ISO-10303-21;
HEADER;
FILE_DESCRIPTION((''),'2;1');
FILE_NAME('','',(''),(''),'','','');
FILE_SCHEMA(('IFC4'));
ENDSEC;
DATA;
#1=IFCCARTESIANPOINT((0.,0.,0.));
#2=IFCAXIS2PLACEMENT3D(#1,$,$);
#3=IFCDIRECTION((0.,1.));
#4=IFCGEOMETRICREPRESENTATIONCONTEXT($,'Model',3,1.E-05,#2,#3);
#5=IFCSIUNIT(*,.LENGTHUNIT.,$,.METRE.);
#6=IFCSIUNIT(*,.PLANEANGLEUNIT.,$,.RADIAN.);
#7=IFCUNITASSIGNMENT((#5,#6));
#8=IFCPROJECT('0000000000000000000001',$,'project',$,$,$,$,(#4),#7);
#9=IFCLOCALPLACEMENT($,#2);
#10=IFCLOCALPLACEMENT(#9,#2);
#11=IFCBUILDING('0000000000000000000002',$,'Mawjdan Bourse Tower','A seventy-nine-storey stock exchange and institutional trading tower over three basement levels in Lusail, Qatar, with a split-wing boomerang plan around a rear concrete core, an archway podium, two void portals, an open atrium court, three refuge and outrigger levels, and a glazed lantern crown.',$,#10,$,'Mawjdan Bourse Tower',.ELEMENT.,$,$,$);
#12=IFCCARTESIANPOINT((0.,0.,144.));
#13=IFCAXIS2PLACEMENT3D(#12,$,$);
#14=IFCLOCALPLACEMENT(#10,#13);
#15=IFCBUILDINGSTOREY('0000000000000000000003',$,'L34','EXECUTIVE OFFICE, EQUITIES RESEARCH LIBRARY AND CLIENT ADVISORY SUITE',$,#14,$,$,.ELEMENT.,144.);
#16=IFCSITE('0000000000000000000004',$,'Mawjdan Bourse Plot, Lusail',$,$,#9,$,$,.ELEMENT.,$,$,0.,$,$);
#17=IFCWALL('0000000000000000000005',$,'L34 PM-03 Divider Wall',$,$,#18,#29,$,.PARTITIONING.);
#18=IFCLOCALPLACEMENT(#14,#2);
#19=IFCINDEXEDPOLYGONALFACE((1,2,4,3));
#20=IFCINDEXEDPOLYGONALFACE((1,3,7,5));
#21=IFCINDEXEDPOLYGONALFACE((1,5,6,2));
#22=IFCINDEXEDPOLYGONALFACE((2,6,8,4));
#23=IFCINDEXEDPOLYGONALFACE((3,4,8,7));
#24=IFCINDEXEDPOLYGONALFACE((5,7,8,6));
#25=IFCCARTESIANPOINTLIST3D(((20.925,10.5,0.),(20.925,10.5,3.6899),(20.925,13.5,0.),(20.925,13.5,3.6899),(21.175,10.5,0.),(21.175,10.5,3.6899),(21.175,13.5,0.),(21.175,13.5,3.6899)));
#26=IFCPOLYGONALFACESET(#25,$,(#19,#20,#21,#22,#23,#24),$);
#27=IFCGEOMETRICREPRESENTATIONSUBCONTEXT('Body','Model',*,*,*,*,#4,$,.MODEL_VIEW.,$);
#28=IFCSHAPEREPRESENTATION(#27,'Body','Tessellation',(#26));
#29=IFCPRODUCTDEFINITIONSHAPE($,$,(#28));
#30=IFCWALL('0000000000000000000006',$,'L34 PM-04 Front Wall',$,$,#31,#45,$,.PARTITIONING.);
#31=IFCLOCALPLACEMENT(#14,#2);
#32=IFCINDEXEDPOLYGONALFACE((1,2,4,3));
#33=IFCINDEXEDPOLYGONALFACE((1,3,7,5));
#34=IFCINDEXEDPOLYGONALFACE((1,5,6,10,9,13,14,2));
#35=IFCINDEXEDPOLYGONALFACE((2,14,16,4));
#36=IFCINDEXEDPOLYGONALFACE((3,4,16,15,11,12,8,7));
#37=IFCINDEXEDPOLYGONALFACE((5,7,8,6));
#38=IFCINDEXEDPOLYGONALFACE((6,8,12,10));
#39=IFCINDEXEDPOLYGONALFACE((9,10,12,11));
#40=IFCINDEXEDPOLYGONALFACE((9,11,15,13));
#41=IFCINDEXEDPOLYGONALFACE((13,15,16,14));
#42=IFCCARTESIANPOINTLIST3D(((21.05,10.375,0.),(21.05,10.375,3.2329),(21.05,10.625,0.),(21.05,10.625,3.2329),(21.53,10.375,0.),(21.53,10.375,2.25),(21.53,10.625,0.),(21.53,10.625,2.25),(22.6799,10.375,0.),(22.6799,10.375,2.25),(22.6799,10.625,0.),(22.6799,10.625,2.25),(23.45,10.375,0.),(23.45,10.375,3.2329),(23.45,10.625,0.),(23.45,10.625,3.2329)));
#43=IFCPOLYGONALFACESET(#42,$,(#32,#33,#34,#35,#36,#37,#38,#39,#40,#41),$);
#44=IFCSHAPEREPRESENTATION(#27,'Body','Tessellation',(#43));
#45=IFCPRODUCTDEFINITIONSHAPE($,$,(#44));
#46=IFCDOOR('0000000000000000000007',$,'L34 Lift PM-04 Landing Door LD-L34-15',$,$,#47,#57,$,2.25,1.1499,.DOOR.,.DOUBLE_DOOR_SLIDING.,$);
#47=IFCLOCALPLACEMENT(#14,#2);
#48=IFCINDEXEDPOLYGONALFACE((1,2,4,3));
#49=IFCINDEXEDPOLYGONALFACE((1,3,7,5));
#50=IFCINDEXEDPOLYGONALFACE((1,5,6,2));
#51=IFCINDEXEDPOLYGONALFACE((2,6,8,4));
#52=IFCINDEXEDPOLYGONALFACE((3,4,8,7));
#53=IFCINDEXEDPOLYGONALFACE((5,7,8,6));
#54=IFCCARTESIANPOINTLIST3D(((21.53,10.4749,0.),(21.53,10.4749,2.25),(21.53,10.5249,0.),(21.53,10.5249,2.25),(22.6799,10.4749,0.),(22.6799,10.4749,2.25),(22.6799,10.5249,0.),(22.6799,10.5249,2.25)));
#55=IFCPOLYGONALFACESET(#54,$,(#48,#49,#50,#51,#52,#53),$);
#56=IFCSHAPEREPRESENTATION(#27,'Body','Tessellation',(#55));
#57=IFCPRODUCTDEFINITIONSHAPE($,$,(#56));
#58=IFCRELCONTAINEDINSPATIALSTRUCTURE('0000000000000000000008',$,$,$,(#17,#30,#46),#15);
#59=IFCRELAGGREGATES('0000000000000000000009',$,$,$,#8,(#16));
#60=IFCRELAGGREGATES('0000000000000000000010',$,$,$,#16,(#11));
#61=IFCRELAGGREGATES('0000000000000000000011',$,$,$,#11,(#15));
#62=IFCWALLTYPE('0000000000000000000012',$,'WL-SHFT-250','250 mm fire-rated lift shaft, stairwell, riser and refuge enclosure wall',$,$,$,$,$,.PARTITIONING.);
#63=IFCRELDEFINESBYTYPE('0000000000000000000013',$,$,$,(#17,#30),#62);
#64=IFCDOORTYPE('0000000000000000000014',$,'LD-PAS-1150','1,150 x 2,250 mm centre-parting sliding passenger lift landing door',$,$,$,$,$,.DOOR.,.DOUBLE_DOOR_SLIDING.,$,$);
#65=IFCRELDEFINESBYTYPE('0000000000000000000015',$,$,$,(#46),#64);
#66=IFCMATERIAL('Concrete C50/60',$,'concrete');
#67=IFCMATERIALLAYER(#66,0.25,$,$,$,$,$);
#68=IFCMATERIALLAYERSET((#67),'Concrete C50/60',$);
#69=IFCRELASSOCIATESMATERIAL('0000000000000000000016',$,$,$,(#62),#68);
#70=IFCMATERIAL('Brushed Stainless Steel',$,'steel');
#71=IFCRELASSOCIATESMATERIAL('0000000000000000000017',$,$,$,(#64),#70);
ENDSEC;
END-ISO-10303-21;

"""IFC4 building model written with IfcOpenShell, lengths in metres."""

from ifc_helpers import new_model, si_unit, direction, frame, frame_2d, origin, place, context, subcontext, project, spatial, rectangle, extrude, material, layer, layer_set, type_object, element, fill, save


model = new_model("IFC4")

# Units and contexts
model_context = context("Model", 3, precision=1e-05, world=origin(), true_north=direction((0.0, 1.0)))
body_context = subcontext(model_context, "Body", "Model", "MODEL_VIEW")
ifc_project = project(units=[si_unit("LENGTHUNIT", "METRE"), si_unit("PLANEANGLEUNIT", "RADIAN")], contexts=[model_context])

# Site, building, storey
site_placement = place(None, origin())
site = spatial("IfcSite", under=ifc_project, at=site_placement, Name="Mawjdan Bourse Plot, Lusail", CompositionType="ELEMENT", RefElevation=0.0)
building_placement = place(site_placement, origin())
building = spatial("IfcBuilding", under=site, at=building_placement, Name="Mawjdan Bourse Tower", Description="A seventy-nine-storey stock exchange and institutional trading tower over three basement levels in Lusail, Qatar, with a split-wing boomerang plan around a rear concrete core, an archway podium, two void portals, an open atrium court, three refuge and outrigger levels, and a glazed lantern crown.", LongName="Mawjdan Bourse Tower", CompositionType="ELEMENT")
storey_placement = place(building_placement, frame((0.0, 0.0, 144.0)))
storey = spatial("IfcBuildingStorey", under=building, at=storey_placement, Name="L34", Description="EXECUTIVE OFFICE, EQUITIES RESEARCH LIBRARY AND CLIENT ADVISORY SUITE", CompositionType="ELEMENT", Elevation=144.0)

# Shared definitions
ifc_material_1 = material(Name="Concrete C50/60", Category="concrete")
ifc_layer_1 = layer(ifc_material_1, 0.25)
ifc_layer_set_1 = layer_set([ifc_layer_1], Name="Concrete C50/60")
wall_type_1 = type_object("IfcWallType", Name="WL-SHFT-250", Description="250 mm fire-rated lift shaft, stairwell, riser and refuge enclosure wall", PredefinedType="PARTITIONING", material=ifc_layer_set_1)
ifc_material_2 = material(Name="Brushed Stainless Steel", Category="steel")
door_type_1 = type_object("IfcDoorType", Name="LD-PAS-1150", Description="1,150 x 2,250 mm centre-parting sliding passenger lift landing door", OperationType="DOUBLE_DOOR_SLIDING", PredefinedType="DOOR", material=ifc_material_2)

# Wall
wall_1_placement = place(storey_placement, frame((21.05, 10.5, 0.0), z_axis=(0.0, 0.0, 1.0), x_axis=(0.0, 1.0, 0.0)))
element("IfcWall", 1, at=wall_1_placement, inside=storey, type_object=wall_type_1, Name="L34 PM-03 Divider Wall", PredefinedType="PARTITIONING", context=body_context, shape_type="SweptSolid", body=[
    extrude(rectangle(XDim=3.0, YDim=0.25, at=frame_2d((1.5, 0.0))), origin(), (0.0, 0.0, 1.0), 3.6899),
])

# Wall, opening, door
wall_2_placement = place(storey_placement, frame((21.05, 10.5, 0.0), z_axis=(0.0, 0.0, 1.0), x_axis=(1.0, 0.0, 0.0)))
wall_2 = element("IfcWall", 2, at=wall_2_placement, inside=storey, type_object=wall_type_1, Name="L34 PM-04 Front Wall", PredefinedType="PARTITIONING", context=body_context, shape_type="SweptSolid", body=[
    extrude(rectangle(XDim=2.3999, YDim=0.25, at=frame_2d((1.2, 0.0))), origin(), (0.0, 0.0, 1.0), 3.2329),
])
opening_1_placement = place(wall_2_placement, frame((0.48, 0.0, 0.0)))
opening_1 = element("IfcOpeningElement", 3, at=opening_1_placement, cuts=wall_2, PredefinedType="OPENING", context=body_context, shape_type="SweptSolid", body=[
    extrude(rectangle(XDim=1.1499, YDim=2.25, at=frame_2d((0.575, 1.125))), frame((0.0, 0.135, 0.0), z_axis=(0.0, -1.0, 0.0), x_axis=(1.0, 0.0, 0.0)), (0.0, 0.0, 1.0), 0.27),
])
door_1_placement = place(opening_1_placement, origin())
door_1 = element("IfcDoor", 4, at=door_1_placement, inside=storey, type_object=door_type_1, Name="L34 Lift PM-04 Landing Door LD-L34-15", OperationType="DOUBLE_DOOR_SLIDING", OverallHeight=2.25, OverallWidth=1.1499, PredefinedType="DOOR", context=body_context, shape_type="SweptSolid", body=[
    extrude(rectangle(XDim=1.1499, YDim=2.25, at=frame_2d((0.575, 1.125))), frame((0.0, 0.0249, 0.0), z_axis=(0.0, -1.0, 0.0), x_axis=(1.0, 0.0, 0.0)), (0.0, 0.0, 1.0), 0.05),
])
fill(opening_1, door_1)

save(model, "model.ifc")
